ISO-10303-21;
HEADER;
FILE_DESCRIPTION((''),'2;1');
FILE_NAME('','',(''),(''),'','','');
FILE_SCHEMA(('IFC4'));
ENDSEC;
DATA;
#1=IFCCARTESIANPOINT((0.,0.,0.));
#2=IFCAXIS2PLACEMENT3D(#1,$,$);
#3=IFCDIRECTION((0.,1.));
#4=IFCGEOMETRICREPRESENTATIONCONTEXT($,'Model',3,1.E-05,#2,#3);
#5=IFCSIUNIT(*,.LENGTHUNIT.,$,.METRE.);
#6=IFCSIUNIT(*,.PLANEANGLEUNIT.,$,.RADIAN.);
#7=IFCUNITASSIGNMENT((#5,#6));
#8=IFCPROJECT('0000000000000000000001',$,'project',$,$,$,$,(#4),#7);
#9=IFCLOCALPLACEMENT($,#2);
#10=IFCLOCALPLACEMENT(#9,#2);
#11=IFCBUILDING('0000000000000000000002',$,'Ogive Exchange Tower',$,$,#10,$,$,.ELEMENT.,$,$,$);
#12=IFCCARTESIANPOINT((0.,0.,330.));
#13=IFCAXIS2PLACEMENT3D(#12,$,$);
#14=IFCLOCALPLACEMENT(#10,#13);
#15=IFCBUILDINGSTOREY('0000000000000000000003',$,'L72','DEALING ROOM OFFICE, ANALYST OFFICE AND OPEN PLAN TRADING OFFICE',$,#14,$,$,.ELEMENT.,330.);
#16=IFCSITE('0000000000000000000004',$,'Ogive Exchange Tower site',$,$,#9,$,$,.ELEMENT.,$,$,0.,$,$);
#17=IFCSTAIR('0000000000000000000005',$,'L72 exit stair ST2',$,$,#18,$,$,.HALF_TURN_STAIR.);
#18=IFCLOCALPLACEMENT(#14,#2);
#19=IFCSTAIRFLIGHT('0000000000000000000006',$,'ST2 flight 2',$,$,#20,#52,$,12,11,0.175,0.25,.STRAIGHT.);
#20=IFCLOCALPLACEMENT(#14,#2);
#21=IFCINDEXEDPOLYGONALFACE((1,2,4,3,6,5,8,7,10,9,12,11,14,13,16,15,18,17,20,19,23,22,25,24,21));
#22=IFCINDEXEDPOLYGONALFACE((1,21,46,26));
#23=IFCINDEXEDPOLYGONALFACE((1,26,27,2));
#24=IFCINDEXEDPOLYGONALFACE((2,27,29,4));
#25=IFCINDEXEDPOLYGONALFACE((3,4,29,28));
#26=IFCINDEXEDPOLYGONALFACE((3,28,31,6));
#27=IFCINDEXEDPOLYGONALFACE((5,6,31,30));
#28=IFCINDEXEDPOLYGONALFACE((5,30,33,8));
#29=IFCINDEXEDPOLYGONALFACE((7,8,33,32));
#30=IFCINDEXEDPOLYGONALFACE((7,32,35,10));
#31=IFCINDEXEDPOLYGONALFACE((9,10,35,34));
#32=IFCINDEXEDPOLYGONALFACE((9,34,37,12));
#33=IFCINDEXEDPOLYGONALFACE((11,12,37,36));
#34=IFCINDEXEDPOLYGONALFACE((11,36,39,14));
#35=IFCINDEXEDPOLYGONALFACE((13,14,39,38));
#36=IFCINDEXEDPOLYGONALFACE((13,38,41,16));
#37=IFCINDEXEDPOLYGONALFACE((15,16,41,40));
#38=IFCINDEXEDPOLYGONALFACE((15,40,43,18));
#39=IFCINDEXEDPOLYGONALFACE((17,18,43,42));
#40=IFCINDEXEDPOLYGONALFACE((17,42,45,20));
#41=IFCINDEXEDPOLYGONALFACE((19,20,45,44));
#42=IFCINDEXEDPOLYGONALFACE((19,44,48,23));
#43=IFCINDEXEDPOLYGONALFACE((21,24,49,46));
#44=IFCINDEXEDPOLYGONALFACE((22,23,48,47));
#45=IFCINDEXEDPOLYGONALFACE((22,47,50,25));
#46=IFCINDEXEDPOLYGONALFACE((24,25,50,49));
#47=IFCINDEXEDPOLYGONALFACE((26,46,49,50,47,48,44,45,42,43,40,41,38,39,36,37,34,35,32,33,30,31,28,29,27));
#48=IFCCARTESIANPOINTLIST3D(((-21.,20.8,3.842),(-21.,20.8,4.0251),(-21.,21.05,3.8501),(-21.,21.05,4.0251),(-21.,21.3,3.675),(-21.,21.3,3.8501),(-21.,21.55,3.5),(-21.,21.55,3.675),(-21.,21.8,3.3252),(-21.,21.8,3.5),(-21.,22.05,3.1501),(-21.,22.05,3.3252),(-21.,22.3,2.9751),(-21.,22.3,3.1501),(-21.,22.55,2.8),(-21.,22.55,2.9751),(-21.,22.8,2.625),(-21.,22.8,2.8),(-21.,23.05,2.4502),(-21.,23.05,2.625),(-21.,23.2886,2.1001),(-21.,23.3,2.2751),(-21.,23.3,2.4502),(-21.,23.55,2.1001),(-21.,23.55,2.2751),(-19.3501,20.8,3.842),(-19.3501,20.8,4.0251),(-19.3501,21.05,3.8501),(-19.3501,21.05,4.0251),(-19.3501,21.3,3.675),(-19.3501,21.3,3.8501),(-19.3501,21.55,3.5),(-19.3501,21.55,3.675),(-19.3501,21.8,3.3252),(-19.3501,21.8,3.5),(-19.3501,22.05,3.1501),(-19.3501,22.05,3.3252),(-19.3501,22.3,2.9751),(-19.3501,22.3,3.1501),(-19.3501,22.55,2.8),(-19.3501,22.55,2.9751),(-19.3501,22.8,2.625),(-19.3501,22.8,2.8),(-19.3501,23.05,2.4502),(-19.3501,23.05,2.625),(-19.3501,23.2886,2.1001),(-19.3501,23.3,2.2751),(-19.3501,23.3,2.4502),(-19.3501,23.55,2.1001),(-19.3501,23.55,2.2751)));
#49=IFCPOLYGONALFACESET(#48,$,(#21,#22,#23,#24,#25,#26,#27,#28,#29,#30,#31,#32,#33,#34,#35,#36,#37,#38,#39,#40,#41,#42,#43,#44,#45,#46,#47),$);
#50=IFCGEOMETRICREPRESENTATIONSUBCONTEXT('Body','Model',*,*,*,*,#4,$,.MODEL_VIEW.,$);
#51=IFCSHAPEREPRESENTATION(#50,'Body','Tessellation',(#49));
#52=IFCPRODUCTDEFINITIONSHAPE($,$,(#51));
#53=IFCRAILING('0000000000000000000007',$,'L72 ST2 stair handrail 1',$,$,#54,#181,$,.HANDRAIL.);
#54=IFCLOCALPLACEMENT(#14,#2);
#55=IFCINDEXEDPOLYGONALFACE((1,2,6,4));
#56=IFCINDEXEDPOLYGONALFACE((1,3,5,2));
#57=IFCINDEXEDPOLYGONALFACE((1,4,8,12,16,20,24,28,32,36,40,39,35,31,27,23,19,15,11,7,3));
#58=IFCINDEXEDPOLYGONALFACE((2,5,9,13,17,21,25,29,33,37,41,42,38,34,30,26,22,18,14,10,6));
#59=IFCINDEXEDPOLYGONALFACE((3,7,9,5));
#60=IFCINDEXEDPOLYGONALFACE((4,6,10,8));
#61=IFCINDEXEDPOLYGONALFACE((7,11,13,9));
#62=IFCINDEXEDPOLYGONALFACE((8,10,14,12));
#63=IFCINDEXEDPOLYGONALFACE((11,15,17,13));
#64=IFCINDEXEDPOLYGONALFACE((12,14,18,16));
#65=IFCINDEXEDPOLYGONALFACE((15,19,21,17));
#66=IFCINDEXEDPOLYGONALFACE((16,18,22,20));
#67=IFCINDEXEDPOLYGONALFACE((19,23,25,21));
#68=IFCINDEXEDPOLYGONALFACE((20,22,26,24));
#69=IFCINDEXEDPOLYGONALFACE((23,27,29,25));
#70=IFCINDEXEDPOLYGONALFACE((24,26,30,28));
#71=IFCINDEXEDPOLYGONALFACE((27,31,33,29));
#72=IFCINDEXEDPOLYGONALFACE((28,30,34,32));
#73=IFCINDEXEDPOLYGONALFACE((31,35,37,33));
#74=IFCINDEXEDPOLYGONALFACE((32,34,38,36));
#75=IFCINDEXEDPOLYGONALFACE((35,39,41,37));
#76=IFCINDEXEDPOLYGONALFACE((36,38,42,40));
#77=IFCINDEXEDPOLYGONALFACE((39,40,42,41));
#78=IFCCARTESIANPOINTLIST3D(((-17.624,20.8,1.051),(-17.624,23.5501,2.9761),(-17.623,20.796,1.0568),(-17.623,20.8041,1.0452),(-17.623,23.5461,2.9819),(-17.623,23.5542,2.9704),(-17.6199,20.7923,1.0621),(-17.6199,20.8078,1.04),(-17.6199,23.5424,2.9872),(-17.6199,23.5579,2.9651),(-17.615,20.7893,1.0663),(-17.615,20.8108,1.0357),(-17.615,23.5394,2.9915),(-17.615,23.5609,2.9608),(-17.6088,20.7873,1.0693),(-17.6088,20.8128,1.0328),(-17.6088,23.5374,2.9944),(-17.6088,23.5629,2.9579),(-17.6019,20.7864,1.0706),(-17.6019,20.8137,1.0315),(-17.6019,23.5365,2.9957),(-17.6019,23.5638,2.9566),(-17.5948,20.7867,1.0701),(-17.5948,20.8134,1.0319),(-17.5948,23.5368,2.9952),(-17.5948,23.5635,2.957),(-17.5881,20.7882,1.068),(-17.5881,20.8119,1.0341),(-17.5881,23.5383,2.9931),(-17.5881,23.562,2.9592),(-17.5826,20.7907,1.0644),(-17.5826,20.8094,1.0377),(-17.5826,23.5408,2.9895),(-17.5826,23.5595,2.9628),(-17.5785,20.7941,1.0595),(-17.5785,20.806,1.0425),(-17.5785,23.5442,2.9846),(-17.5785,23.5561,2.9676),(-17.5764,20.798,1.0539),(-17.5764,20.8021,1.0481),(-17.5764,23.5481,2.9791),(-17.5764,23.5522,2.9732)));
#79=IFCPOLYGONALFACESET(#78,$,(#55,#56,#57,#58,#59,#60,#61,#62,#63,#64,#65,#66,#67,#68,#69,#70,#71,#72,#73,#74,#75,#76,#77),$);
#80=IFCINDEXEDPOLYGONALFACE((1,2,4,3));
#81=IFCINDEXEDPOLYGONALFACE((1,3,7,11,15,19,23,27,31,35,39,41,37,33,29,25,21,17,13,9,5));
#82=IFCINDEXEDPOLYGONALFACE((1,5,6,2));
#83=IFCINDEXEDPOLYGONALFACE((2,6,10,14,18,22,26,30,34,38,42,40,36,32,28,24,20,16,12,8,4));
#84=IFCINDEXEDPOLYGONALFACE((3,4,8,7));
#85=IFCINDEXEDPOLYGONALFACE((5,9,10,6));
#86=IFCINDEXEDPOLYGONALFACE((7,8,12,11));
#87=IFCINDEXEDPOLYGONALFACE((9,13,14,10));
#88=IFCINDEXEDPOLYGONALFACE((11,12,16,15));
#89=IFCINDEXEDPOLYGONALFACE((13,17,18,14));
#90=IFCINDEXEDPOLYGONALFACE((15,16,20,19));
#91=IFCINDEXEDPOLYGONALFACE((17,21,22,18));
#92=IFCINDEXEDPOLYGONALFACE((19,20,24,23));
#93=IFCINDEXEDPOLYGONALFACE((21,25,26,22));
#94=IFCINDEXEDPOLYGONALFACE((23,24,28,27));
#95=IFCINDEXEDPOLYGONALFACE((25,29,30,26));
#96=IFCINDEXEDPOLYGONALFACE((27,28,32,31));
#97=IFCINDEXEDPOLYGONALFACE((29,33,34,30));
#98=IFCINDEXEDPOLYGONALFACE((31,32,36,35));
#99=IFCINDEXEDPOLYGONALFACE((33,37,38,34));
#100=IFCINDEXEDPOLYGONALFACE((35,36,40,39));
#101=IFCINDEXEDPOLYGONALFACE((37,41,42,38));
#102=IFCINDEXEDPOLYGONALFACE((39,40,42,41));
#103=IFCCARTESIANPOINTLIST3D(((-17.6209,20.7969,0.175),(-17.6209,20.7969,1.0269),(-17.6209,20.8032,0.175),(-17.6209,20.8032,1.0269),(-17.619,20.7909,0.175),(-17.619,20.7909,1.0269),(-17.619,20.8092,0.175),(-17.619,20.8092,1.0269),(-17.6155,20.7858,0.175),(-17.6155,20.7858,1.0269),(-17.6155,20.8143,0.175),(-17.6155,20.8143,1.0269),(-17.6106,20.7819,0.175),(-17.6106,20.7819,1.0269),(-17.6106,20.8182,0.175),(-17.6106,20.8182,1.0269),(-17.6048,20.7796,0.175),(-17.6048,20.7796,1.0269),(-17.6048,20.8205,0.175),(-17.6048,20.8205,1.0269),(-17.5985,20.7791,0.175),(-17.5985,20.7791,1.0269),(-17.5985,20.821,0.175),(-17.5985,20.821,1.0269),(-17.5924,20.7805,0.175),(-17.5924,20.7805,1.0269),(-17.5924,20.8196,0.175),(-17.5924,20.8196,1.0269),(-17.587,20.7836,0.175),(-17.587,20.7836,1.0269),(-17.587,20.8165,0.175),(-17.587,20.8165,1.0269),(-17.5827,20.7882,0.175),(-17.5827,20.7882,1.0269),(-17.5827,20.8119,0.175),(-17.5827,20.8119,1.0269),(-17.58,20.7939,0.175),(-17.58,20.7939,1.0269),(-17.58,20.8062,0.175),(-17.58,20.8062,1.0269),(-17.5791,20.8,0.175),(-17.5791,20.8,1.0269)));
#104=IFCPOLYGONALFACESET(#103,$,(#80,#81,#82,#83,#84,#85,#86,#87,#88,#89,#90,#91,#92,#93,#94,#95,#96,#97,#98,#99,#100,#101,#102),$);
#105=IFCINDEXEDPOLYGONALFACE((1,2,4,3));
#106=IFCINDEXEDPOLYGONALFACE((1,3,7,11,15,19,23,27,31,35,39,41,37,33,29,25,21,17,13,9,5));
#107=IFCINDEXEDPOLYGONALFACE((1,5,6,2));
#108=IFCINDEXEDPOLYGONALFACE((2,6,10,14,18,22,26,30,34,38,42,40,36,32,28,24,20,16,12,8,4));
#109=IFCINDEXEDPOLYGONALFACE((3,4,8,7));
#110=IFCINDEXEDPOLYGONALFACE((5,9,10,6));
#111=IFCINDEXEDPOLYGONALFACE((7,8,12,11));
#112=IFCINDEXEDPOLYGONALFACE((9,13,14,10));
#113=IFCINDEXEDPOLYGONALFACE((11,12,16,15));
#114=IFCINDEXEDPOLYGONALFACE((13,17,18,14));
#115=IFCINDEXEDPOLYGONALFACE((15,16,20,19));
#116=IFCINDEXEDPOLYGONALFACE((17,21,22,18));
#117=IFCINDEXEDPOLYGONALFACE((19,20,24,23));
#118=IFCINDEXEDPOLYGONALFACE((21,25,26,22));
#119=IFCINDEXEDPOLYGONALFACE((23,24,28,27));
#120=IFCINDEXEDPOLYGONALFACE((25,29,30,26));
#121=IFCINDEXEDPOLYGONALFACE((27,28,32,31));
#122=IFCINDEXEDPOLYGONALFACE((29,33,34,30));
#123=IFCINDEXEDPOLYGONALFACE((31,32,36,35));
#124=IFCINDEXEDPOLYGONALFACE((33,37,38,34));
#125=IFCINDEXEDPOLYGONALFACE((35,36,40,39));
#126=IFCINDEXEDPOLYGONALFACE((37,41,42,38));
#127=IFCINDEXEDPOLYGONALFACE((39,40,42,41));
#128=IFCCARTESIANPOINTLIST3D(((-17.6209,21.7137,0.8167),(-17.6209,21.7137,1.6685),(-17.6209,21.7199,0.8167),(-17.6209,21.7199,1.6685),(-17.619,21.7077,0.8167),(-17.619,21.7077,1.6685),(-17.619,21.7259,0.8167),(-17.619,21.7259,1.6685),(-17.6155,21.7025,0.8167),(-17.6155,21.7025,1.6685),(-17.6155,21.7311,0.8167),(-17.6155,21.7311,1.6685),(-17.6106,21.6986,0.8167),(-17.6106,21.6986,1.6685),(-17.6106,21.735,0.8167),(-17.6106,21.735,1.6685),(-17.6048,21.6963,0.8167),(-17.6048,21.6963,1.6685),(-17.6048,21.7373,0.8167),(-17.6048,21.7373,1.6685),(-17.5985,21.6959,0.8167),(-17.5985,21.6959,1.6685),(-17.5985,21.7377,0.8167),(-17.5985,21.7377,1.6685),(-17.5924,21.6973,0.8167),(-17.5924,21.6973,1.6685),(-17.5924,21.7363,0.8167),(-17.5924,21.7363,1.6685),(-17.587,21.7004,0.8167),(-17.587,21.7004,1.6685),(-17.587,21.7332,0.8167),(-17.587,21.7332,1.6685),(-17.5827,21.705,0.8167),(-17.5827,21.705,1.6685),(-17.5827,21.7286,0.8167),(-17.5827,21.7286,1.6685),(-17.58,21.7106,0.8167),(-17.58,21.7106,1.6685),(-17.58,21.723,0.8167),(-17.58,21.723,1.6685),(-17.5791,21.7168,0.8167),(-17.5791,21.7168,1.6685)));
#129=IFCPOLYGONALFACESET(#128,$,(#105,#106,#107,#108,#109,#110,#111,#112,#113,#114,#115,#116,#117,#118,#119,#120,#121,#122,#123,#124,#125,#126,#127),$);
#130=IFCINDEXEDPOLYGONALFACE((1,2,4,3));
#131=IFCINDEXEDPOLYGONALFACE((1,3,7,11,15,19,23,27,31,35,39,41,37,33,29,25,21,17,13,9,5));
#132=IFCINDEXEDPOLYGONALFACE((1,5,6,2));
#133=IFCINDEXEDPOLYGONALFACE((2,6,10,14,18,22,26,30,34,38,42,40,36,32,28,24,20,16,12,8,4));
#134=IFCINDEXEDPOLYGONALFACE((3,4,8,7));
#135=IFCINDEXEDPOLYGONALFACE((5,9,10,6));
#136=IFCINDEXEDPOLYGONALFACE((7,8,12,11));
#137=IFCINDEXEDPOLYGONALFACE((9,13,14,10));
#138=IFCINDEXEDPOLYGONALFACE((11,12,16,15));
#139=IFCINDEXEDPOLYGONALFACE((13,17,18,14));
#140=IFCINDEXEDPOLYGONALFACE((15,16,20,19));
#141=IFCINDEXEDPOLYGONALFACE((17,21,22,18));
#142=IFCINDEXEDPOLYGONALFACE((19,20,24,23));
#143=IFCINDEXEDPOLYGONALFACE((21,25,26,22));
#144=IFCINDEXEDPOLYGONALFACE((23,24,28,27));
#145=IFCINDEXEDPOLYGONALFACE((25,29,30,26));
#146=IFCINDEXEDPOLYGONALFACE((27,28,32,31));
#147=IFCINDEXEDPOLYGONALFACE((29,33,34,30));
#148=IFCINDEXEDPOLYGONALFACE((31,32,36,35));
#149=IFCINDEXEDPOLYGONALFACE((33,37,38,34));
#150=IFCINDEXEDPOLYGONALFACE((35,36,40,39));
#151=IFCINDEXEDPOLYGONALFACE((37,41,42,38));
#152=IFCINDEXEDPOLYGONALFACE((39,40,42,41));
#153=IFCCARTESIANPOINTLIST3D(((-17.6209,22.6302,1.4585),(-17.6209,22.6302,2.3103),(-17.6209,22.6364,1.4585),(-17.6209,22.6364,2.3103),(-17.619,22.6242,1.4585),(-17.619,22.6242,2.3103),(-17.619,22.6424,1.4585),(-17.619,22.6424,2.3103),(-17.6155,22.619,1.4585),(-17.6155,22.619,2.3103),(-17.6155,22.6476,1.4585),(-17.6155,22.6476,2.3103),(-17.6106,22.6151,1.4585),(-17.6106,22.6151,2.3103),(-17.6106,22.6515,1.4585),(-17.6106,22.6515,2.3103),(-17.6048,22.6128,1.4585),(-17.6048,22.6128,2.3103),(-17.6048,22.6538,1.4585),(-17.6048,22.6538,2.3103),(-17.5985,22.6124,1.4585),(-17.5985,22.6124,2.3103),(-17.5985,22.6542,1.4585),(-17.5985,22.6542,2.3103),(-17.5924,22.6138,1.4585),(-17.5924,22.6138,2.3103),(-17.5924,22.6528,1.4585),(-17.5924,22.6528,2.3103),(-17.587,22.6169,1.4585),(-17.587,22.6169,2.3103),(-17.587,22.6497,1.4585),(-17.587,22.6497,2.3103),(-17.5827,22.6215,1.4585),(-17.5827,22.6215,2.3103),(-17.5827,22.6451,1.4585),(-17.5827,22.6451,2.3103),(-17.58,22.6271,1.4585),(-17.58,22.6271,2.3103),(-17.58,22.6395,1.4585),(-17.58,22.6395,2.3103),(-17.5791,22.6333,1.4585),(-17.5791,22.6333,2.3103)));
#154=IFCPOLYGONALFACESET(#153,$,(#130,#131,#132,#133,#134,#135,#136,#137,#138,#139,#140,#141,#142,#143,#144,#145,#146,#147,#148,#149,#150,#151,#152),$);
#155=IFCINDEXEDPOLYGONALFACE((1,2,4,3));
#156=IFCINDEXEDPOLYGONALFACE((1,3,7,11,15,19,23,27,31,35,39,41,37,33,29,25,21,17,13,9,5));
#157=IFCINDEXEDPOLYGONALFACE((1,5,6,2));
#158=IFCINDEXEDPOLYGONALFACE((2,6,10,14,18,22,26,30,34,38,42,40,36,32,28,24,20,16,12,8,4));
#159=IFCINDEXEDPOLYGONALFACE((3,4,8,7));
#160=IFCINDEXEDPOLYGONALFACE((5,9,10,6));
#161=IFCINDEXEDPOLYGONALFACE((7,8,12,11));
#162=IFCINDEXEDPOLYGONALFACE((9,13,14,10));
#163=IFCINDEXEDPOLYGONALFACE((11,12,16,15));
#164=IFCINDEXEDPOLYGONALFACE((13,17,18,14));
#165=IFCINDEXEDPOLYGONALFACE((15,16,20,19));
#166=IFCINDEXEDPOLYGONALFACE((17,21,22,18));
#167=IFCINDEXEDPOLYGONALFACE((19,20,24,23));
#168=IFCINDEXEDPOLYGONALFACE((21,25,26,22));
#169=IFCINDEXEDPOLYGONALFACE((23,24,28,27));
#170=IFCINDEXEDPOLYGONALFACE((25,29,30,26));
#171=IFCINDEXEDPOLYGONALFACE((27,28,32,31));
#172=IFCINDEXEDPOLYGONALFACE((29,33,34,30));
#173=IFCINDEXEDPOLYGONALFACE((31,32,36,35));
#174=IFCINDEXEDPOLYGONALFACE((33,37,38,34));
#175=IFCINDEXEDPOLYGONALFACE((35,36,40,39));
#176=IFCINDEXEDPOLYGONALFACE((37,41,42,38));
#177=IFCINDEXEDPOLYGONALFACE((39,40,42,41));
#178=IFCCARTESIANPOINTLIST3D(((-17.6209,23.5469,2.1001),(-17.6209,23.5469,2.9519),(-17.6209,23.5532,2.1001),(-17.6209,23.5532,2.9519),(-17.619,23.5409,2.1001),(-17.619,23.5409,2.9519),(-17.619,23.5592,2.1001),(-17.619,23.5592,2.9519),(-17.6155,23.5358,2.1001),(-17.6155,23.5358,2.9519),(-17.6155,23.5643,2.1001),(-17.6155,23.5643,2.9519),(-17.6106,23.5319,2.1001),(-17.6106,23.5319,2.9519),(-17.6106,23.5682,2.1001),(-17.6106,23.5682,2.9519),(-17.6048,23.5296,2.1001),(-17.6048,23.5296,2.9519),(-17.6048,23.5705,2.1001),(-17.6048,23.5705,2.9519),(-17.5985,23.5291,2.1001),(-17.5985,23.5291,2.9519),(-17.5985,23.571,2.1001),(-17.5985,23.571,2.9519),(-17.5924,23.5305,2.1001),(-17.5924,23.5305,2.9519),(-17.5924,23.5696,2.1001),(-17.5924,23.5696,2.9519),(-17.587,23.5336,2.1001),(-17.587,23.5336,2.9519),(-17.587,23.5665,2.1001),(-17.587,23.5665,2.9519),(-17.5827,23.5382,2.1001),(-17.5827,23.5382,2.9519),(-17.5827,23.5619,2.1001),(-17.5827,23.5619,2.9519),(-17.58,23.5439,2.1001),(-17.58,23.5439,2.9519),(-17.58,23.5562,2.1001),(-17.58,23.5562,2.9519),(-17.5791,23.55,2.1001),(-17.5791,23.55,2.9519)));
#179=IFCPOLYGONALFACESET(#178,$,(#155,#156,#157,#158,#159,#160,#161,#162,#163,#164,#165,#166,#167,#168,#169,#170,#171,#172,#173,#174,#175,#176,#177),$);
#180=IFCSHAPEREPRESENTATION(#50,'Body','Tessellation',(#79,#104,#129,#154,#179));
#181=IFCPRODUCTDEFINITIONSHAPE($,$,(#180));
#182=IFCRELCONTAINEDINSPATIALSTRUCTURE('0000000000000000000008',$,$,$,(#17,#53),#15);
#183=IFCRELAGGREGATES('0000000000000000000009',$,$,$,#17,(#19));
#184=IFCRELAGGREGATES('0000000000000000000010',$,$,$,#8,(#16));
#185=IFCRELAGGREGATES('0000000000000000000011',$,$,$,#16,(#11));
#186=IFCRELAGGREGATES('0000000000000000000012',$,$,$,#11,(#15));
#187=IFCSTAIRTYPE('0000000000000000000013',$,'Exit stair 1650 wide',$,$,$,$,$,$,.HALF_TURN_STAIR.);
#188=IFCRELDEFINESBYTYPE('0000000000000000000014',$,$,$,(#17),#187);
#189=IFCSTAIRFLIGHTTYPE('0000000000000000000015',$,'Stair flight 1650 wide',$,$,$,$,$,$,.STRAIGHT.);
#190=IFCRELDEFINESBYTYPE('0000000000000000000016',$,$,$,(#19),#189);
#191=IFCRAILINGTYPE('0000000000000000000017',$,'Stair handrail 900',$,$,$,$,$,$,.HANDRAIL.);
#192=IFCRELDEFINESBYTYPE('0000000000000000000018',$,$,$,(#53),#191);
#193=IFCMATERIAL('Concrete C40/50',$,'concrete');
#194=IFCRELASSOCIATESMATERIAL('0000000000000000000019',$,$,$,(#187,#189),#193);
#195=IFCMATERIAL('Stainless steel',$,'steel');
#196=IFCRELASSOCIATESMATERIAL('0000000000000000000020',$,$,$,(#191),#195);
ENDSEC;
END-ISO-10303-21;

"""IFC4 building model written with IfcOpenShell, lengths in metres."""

from ifc_helpers import new_model, si_unit, direction, frame, origin, origin_2d, place, context, subcontext, project, spatial, polyline, circle, outline, extrude, material, type_object, element, aggregate, save


model = new_model("IFC4")

# Units and contexts
model_context = context("Model", 3, precision=1e-05, world=origin(), true_north=direction((0.0, 1.0)))
body_context = subcontext(model_context, "Body", "Model", "MODEL_VIEW")
ifc_project = project(units=[si_unit("LENGTHUNIT", "METRE"), si_unit("PLANEANGLEUNIT", "RADIAN")], contexts=[model_context])

# Site, building, storey
site_placement = place(None, origin())
site = spatial("IfcSite", under=ifc_project, at=site_placement, Name="Ogive Exchange Tower site", CompositionType="ELEMENT", RefElevation=0.0)
building_placement = place(site_placement, origin())
building = spatial("IfcBuilding", under=site, at=building_placement, Name="Ogive Exchange Tower", CompositionType="ELEMENT")
storey_placement = place(building_placement, frame((0.0, 0.0, 330.0)))
storey = spatial("IfcBuildingStorey", under=building, at=storey_placement, Name="L72", Description="DEALING ROOM OFFICE, ANALYST OFFICE AND OPEN PLAN TRADING OFFICE", CompositionType="ELEMENT", Elevation=330.0)

# Stair, stair flight
ifc_material_1 = material(Name="Concrete C40/50", Category="concrete")
stair_type = type_object("IfcStairType", Name="Exit stair 1650 wide", PredefinedType="HALF_TURN_STAIR", material=ifc_material_1)
stair_placement = place(storey_placement, origin())
stair = element("IfcStair", 1, at=stair_placement, inside=storey, type_object=stair_type, Name="L72 exit stair ST2", PredefinedType="HALF_TURN_STAIR")
stair_flight_type = type_object("IfcStairFlightType", Name="Stair flight 1650 wide", PredefinedType="STRAIGHT", material=ifc_material_1)
stair_flight_1_placement = place(storey_placement, frame((-20.175, 23.55, 2.1001), z_axis=(0.0, 0.0, 1.0), x_axis=(0.0, -1.0, 0.0)))
stair_flight_1 = element("IfcStairFlight", 2, at=stair_flight_1_placement, type_object=stair_flight_type, Name="ST2 flight 2", NumberOfRisers=12, NumberOfTreads=11, PredefinedType="STRAIGHT", RiserHeight=0.175, TreadLength=0.25, context=body_context, shape_type="SweptSolid", body=[
    extrude(outline(polyline([(0.0, 0.0), (0.0, 0.175), (0.25, 0.175), (0.25, 0.3501), (0.5, 0.3501), (0.5, 0.5249), (0.75, 0.5249), (0.75, 0.7), (1.0, 0.7), (1.0, 0.875), (1.25, 0.875), (1.25, 1.05), (1.5, 1.05), (1.5, 1.2251), (1.75, 1.2251), (1.75, 1.3999), (2.0, 1.3999), (2.0, 1.575), (2.25, 1.575), (2.25, 1.75), (2.5, 1.75), (2.5, 1.925), (2.75, 1.925), (2.75, 2.1001), (2.75, 1.7419), (0.2615, 0.0), (0.0, 0.0)])), frame((0.0, 0.825, 0.0), z_axis=(0.0, -1.0, 0.0), x_axis=(1.0, 0.0, 0.0)), (0.0, 0.0, 1.0), 1.6499),
])
aggregate(stair, [stair_flight_1])

# Railing
ifc_material_2 = material(Name="Stainless steel", Category="steel")
railing_type = type_object("IfcRailingType", Name="Stair handrail 900", PredefinedType="HANDRAIL", material=ifc_material_2)
railing_1_placement = place(storey_placement, frame((-17.6001, 20.8, 0.175)))
element("IfcRailing", 3, at=railing_1_placement, inside=storey, type_object=railing_type, Name="L72 ST2 stair handrail 1", PredefinedType="HANDRAIL", context=body_context, shape_type="SweptSolid", body=[
    extrude(circle(Radius=0.0239, at=origin_2d()), frame((0.0, 0.0, 0.876), z_axis=(0.0, 0.819225, 0.573472), x_axis=(-1.0, 0.0, 0.0)), (0.0, 0.0, 1.0), 3.3569),
    extrude(circle(Radius=0.021, at=origin_2d()), origin(), (0.0, 0.0, 1.0), 0.8518),
    extrude(circle(Radius=0.021, at=origin_2d()), frame((0.0, 0.9167, 0.6416)), (0.0, 0.0, 1.0), 0.8518),
    extrude(circle(Radius=0.021, at=origin_2d()), frame((0.0, 1.8333, 1.2834)), (0.0, 0.0, 1.0), 0.8518),
    extrude(circle(Radius=0.021, at=origin_2d()), frame((0.0, 2.75, 1.925)), (0.0, 0.0, 1.0), 0.8518),
])

save(model, "model.ifc")
